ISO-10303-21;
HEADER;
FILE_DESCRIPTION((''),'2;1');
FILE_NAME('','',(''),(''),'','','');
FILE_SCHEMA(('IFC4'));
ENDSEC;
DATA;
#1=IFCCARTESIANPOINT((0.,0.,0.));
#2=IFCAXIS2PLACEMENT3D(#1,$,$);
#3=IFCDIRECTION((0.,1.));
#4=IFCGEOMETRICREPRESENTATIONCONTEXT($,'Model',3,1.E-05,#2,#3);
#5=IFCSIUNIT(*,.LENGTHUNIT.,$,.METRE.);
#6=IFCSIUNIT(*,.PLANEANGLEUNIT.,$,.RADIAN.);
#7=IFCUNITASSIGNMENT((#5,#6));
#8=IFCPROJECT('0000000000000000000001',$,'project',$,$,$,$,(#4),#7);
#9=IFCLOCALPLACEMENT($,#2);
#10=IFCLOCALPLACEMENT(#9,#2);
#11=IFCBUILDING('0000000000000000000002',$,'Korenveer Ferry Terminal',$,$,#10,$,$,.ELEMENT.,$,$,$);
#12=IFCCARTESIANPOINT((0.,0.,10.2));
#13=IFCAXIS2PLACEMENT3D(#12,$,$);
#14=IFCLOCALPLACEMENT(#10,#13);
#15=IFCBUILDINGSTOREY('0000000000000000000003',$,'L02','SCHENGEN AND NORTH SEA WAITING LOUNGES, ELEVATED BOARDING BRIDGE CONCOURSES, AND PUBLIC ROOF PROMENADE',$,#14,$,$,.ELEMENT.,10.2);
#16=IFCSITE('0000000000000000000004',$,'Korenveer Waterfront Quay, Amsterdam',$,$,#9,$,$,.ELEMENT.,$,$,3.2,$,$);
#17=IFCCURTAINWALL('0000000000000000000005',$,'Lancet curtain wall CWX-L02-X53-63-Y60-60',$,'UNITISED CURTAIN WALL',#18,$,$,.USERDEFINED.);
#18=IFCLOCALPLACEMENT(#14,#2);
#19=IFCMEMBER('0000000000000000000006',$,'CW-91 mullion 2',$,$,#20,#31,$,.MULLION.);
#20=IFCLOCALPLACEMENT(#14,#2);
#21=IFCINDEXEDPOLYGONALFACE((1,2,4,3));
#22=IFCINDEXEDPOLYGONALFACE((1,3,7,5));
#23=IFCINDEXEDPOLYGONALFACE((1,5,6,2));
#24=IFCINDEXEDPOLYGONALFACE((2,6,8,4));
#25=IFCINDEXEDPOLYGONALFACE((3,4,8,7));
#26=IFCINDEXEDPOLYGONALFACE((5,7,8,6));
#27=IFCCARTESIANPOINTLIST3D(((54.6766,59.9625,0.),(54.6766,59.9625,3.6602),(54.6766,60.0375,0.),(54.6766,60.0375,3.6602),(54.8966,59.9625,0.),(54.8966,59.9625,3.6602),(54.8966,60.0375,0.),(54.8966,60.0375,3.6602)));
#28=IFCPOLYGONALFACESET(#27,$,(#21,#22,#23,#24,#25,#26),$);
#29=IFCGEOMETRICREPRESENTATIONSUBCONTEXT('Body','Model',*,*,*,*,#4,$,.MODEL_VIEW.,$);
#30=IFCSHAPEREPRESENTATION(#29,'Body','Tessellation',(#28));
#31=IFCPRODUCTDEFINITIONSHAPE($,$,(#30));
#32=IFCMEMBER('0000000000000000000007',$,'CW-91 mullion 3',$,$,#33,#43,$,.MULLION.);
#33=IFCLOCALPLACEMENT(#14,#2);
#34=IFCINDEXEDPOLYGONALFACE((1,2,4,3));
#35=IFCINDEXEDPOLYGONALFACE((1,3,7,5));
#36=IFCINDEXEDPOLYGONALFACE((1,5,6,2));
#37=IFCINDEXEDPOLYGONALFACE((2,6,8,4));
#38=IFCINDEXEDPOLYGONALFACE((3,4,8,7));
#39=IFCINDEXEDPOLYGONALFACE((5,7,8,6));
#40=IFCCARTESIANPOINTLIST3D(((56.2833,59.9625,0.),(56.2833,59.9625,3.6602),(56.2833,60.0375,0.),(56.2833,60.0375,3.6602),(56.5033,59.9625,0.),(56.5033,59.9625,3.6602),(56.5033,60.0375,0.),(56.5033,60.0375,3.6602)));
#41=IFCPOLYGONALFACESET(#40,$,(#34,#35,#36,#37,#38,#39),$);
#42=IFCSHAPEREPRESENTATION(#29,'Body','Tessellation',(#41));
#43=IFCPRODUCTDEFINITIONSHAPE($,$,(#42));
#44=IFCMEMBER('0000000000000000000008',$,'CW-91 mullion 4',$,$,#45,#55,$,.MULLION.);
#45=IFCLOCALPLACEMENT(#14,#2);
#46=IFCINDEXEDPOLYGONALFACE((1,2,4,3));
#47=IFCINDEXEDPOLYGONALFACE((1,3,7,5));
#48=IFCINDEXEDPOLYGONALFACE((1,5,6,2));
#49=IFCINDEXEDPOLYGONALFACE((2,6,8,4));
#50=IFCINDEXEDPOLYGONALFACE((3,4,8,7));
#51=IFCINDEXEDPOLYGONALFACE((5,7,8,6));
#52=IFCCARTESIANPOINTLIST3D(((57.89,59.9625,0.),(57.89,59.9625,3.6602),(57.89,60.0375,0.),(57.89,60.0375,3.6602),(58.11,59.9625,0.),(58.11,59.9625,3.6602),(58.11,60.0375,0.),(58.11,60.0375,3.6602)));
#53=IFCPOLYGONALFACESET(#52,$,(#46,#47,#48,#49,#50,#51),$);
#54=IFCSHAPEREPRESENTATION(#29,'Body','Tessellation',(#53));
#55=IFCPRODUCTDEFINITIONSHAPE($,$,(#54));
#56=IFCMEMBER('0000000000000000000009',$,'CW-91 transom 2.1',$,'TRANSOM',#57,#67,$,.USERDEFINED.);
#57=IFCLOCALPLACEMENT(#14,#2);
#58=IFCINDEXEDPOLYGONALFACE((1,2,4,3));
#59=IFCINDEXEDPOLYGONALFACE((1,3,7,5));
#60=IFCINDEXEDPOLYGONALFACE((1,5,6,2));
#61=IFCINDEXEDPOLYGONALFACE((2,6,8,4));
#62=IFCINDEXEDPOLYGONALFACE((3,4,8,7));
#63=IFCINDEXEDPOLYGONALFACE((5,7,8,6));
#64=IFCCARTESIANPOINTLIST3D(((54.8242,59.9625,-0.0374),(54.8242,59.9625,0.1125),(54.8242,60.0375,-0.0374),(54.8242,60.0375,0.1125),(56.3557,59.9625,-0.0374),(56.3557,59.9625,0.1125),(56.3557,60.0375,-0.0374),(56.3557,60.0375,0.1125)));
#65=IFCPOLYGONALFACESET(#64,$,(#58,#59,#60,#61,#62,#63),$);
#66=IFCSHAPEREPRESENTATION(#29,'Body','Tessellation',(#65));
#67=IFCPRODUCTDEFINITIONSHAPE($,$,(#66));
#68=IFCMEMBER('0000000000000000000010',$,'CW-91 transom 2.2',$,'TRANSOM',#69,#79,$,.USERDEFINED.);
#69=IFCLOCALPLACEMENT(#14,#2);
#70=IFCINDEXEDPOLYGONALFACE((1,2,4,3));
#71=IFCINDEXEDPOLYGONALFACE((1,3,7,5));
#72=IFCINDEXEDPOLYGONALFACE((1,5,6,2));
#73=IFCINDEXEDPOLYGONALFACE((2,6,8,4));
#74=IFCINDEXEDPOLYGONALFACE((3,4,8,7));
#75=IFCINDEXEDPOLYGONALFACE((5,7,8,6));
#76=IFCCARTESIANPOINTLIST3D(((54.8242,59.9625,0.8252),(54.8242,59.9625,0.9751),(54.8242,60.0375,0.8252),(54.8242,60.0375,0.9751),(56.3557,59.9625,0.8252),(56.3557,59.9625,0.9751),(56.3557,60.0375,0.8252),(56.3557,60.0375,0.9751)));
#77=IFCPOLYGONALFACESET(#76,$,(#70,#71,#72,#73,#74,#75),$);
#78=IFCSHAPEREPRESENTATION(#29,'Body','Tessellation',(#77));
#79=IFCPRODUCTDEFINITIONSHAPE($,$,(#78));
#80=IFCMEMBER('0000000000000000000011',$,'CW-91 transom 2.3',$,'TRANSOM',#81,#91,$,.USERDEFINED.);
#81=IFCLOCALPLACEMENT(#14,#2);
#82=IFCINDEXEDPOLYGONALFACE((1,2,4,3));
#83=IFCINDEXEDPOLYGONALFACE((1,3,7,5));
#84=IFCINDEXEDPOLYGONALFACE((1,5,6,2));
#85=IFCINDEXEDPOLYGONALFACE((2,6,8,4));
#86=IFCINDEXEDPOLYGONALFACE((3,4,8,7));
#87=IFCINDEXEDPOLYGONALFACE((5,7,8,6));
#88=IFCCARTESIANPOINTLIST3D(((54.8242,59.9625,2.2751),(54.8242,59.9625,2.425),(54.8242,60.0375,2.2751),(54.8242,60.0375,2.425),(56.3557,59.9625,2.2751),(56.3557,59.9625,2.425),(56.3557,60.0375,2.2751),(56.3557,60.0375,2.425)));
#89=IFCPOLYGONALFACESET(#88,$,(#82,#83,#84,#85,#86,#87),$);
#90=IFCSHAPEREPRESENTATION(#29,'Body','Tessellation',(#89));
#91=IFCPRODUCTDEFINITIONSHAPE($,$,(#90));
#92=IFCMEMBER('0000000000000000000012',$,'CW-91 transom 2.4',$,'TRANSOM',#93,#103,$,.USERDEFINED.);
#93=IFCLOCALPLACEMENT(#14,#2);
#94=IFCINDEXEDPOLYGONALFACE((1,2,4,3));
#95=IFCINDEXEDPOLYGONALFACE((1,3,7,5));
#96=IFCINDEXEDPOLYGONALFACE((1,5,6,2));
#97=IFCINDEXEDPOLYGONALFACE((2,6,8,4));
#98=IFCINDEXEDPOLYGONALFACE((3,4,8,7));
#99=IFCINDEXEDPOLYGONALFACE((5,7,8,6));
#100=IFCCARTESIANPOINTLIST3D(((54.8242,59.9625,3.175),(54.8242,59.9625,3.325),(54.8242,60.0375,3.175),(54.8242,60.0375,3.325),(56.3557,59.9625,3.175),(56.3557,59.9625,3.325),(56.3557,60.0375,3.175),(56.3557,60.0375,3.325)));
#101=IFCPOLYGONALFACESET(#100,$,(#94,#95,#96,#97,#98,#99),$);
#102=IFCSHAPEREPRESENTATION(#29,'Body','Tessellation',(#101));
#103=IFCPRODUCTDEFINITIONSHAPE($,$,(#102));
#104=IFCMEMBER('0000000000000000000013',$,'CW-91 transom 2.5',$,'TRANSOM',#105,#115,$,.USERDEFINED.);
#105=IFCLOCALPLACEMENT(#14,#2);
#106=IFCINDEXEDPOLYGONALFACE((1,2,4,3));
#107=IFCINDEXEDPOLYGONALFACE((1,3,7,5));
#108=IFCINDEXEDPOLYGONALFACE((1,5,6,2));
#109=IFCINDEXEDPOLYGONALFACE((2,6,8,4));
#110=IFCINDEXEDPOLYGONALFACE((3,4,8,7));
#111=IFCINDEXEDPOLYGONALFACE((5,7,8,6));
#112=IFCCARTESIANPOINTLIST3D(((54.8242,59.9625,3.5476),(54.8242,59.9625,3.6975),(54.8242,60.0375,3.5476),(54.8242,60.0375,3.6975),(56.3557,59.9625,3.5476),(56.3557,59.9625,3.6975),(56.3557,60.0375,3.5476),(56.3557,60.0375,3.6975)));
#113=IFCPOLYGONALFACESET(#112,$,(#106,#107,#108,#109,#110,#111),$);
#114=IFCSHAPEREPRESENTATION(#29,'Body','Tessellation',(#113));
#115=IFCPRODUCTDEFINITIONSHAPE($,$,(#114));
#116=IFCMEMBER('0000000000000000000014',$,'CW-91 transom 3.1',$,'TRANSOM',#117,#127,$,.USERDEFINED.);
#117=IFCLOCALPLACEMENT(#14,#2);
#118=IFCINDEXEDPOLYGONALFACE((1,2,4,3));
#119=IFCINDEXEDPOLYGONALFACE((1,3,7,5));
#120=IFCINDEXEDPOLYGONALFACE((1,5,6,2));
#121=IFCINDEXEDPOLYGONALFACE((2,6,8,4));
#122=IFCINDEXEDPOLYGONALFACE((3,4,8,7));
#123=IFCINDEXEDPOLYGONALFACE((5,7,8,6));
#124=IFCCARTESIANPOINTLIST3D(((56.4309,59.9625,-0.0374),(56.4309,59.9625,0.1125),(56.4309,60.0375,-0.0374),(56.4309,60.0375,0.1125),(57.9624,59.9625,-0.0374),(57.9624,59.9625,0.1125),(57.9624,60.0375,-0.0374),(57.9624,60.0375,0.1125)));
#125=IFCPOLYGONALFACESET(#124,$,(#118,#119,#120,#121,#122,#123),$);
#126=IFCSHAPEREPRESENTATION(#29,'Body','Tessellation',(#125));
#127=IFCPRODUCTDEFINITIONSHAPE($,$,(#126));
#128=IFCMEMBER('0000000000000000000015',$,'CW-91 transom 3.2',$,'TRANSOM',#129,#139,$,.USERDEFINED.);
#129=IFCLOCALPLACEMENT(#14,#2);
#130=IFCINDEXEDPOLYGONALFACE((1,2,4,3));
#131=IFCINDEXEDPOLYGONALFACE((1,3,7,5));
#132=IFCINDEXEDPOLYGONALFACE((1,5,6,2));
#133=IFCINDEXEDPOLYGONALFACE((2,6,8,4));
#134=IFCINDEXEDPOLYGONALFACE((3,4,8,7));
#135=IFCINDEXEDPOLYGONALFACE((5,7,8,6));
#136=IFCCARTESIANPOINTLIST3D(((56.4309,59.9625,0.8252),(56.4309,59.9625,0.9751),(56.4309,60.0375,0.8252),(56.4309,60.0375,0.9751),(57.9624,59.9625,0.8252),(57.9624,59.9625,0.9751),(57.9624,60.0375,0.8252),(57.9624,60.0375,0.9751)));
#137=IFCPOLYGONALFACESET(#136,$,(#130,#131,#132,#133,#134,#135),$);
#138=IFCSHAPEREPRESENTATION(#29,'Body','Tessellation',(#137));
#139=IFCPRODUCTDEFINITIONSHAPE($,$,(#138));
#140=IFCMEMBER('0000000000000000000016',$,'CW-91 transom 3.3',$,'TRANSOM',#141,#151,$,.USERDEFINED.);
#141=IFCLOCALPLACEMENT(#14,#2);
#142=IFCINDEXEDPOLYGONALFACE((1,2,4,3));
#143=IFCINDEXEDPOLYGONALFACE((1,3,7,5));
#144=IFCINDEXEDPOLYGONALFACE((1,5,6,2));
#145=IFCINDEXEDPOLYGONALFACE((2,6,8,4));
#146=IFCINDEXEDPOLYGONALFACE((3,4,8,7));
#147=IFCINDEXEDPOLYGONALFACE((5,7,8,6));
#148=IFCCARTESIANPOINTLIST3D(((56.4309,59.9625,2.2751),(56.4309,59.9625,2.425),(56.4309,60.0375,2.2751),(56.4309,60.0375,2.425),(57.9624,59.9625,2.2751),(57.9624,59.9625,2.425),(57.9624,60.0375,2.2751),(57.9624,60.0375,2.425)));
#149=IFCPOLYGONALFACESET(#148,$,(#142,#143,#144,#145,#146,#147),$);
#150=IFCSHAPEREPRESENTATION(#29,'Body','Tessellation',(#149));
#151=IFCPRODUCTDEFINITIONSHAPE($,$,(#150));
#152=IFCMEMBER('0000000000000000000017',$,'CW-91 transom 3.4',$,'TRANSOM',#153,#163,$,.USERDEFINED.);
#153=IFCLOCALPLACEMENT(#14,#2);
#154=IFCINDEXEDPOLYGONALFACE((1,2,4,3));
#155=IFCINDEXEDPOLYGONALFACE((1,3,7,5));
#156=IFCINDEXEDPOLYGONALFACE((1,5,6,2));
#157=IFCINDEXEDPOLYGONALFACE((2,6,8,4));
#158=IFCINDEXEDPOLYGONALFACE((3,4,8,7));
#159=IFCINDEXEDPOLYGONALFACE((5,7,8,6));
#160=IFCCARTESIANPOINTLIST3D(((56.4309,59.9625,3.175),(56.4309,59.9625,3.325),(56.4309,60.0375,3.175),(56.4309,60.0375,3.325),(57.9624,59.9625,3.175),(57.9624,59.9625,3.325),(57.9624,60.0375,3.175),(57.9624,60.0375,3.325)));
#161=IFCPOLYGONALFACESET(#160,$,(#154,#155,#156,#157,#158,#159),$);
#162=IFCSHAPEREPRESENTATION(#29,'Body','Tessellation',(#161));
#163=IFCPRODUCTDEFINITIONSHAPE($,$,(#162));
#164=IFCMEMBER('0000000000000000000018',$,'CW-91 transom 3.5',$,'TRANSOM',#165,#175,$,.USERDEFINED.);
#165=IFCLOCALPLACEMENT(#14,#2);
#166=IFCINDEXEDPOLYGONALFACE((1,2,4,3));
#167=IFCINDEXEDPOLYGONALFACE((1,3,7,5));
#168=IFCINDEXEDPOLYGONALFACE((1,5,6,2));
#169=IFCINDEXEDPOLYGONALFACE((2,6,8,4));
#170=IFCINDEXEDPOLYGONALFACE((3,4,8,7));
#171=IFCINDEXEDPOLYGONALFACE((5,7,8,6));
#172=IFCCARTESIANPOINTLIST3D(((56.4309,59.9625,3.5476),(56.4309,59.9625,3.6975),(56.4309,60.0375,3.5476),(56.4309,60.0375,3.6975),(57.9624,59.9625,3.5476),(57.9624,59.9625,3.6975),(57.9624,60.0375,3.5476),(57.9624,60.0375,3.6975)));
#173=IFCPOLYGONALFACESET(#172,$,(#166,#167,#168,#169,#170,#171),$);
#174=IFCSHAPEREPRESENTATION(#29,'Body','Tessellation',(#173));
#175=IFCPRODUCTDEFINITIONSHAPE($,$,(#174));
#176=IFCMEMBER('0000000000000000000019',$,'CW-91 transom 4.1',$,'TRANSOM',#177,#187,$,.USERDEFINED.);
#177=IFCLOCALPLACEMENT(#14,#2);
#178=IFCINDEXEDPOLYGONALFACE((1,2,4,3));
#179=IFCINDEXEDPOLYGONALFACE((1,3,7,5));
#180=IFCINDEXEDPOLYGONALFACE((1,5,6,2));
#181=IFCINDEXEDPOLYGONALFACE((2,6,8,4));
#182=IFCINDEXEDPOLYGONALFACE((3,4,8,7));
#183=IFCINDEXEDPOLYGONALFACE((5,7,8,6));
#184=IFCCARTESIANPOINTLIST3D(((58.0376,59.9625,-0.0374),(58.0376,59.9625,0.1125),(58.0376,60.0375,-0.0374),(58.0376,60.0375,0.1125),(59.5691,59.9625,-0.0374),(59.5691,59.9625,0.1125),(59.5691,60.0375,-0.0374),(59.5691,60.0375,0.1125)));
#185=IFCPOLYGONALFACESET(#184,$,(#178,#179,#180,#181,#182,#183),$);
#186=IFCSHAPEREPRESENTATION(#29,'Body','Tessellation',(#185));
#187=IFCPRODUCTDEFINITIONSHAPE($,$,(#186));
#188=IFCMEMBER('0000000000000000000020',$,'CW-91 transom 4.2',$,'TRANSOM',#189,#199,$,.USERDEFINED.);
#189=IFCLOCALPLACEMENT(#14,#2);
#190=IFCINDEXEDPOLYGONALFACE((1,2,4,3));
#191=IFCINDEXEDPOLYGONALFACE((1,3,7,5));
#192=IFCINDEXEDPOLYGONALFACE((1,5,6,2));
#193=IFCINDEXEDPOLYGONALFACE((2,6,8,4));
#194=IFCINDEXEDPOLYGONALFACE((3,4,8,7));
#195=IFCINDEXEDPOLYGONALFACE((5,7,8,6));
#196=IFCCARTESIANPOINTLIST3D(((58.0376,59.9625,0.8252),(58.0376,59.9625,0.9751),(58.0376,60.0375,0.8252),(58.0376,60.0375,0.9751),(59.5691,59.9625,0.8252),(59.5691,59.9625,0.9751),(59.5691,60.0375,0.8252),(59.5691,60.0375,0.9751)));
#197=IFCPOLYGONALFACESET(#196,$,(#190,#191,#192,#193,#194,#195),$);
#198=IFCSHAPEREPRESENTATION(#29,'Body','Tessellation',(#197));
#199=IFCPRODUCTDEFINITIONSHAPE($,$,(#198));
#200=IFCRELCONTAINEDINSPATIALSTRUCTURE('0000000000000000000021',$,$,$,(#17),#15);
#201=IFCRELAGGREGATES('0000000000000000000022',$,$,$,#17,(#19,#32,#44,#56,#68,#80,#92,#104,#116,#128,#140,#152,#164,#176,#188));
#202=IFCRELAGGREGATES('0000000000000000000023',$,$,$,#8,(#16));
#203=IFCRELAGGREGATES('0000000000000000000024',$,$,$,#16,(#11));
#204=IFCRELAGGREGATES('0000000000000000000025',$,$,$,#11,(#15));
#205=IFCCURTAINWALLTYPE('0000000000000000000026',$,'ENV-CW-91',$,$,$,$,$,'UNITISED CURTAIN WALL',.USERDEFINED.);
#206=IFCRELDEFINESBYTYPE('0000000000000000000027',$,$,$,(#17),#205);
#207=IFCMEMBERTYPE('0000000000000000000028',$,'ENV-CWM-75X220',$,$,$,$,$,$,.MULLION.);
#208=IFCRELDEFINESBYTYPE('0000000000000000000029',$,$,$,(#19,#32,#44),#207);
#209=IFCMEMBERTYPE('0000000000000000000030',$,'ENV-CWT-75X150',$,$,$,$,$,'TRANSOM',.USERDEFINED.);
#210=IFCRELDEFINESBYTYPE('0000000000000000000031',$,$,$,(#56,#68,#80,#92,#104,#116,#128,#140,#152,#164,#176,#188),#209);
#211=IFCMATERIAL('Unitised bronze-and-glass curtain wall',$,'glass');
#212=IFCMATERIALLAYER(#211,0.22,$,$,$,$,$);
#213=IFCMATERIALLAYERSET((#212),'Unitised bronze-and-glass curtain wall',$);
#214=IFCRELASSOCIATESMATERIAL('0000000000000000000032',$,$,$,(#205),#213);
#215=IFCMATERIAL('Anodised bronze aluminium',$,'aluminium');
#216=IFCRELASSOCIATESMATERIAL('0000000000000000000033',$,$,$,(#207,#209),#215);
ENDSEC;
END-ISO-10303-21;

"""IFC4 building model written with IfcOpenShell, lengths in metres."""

from ifc_helpers import new_model, si_unit, direction, frame, origin, origin_2d, place, context, subcontext, project, spatial, rectangle, extrude, material, layer, layer_set, material_profile, profile_set, type_object, element, aggregate, save


model = new_model("IFC4")

# Units and contexts
model_context = context("Model", 3, precision=1e-05, world=origin(), true_north=direction((0.0, 1.0)))
body_context = subcontext(model_context, "Body", "Model", "MODEL_VIEW")
ifc_project = project(units=[si_unit("LENGTHUNIT", "METRE"), si_unit("PLANEANGLEUNIT", "RADIAN")], contexts=[model_context])

# Site, building, storey
site_placement = place(None, origin())
site = spatial("IfcSite", under=ifc_project, at=site_placement, Name="Korenveer Waterfront Quay, Amsterdam", CompositionType="ELEMENT", RefElevation=3.2)
building_placement = place(site_placement, origin())
building = spatial("IfcBuilding", under=site, at=building_placement, Name="Korenveer Ferry Terminal", CompositionType="ELEMENT")
storey_placement = place(building_placement, frame((0.0, 0.0, 10.2)))
storey = spatial("IfcBuildingStorey", under=building, at=storey_placement, Name="L02", Description="SCHENGEN AND NORTH SEA WAITING LOUNGES, ELEVATED BOARDING BRIDGE CONCOURSES, AND PUBLIC ROOF PROMENADE", CompositionType="ELEMENT", Elevation=10.2)

# Curtain wall, members
ifc_material_1 = material(Name="Unitised bronze-and-glass curtain wall", Category="glass")
ifc_layer_1 = layer(ifc_material_1, 0.22)
ifc_layer_set_1 = layer_set([ifc_layer_1], Name="Unitised bronze-and-glass curtain wall")
curtain_wall_type = type_object("IfcCurtainWallType", Name="ENV-CW-91", ElementType="UNITISED CURTAIN WALL", PredefinedType="USERDEFINED", material=ifc_layer_set_1)
curtain_wall_placement = place(storey_placement, frame((53.1799, 60.0, 0.0)))
curtain_wall = element("IfcCurtainWall", 1, at=curtain_wall_placement, inside=storey, type_object=curtain_wall_type, Name="Lancet curtain wall CWX-L02-X53-63-Y60-60", ObjectType="UNITISED CURTAIN WALL", PredefinedType="USERDEFINED")
ifc_material_2 = material(Name="Anodised bronze aluminium", Category="aluminium")
ifc_material_profile_1 = material_profile(ifc_material_2, rectangle(XDim=0.075, YDim=0.22, at=origin_2d()), Name="ALU 75x220")
ifc_profile_set_1 = profile_set([ifc_material_profile_1], Name="Anodised bronze aluminium")
member_type_1 = type_object("IfcMemberType", Name="ENV-CWM-75X220", PredefinedType="MULLION", material=ifc_profile_set_1)
member_1_placement = place(storey_placement, frame((54.7866, 60.0, 0.0), z_axis=(0.0, 0.0, 1.0), x_axis=(0.0, 1.0, 0.0)))
member_1 = element("IfcMember", 2, at=member_1_placement, type_object=member_type_1, Name="CW-91 mullion 2", PredefinedType="MULLION", context=body_context, shape_type="SweptSolid", body=[
    extrude(rectangle(XDim=0.075, YDim=0.22, at=origin_2d()), origin(), (0.0, 0.0, 1.0), 3.6602),
])
member_2_placement = place(storey_placement, frame((56.3933, 60.0, 0.0), z_axis=(0.0, 0.0, 1.0), x_axis=(0.0, 1.0, 0.0)))
member_2 = element("IfcMember", 3, at=member_2_placement, type_object=member_type_1, Name="CW-91 mullion 3", PredefinedType="MULLION", context=body_context, shape_type="SweptSolid", body=[
    extrude(rectangle(XDim=0.075, YDim=0.22, at=origin_2d()), origin(), (0.0, 0.0, 1.0), 3.6602),
])
member_3_placement = place(storey_placement, frame((58.0, 60.0, 0.0), z_axis=(0.0, 0.0, 1.0), x_axis=(0.0, 1.0, 0.0)))
member_3 = element("IfcMember", 4, at=member_3_placement, type_object=member_type_1, Name="CW-91 mullion 4", PredefinedType="MULLION", context=body_context, shape_type="SweptSolid", body=[
    extrude(rectangle(XDim=0.075, YDim=0.22, at=origin_2d()), origin(), (0.0, 0.0, 1.0), 3.6602),
])
ifc_material_profile_2 = material_profile(ifc_material_2, rectangle(XDim=0.075, YDim=0.1499, at=origin_2d()), Name="ALU 75x150")
ifc_profile_set_2 = profile_set([ifc_material_profile_2], Name="Anodised bronze aluminium")
member_type_2 = type_object("IfcMemberType", Name="ENV-CWT-75X150", ElementType="TRANSOM", PredefinedType="USERDEFINED", material=ifc_profile_set_2)
member_4_placement = place(storey_placement, frame((54.8242, 60.0, 0.0376), z_axis=(1.0, 0.0, 0.0), x_axis=(0.0, 1.0, 0.0)))
member_4 = element("IfcMember", 5, at=member_4_placement, type_object=member_type_2, Name="CW-91 transom 2.1", ObjectType="TRANSOM", PredefinedType="USERDEFINED", context=body_context, shape_type="SweptSolid", body=[
    extrude(rectangle(XDim=0.075, YDim=0.1499, at=origin_2d()), origin(), (0.0, 0.0, 1.0), 1.5315),
])
member_5_placement = place(storey_placement, frame((54.8242, 60.0, 0.9001), z_axis=(1.0, 0.0, 0.0), x_axis=(0.0, 1.0, 0.0)))
member_5 = element("IfcMember", 6, at=member_5_placement, type_object=member_type_2, Name="CW-91 transom 2.2", ObjectType="TRANSOM", PredefinedType="USERDEFINED", context=body_context, shape_type="SweptSolid", body=[
    extrude(rectangle(XDim=0.075, YDim=0.1499, at=origin_2d()), origin(), (0.0, 0.0, 1.0), 1.5315),
])
member_6_placement = place(storey_placement, frame((54.8242, 60.0, 2.3501), z_axis=(1.0, 0.0, 0.0), x_axis=(0.0, 1.0, 0.0)))
member_6 = element("IfcMember", 7, at=member_6_placement, type_object=member_type_2, Name="CW-91 transom 2.3", ObjectType="TRANSOM", PredefinedType="USERDEFINED", context=body_context, shape_type="SweptSolid", body=[
    extrude(rectangle(XDim=0.075, YDim=0.1499, at=origin_2d()), origin(), (0.0, 0.0, 1.0), 1.5315),
])
member_7_placement = place(storey_placement, frame((54.8242, 60.0, 3.25), z_axis=(1.0, 0.0, 0.0), x_axis=(0.0, 1.0, 0.0)))
member_7 = element("IfcMember", 8, at=member_7_placement, type_object=member_type_2, Name="CW-91 transom 2.4", ObjectType="TRANSOM", PredefinedType="USERDEFINED", context=body_context, shape_type="SweptSolid", body=[
    extrude(rectangle(XDim=0.075, YDim=0.1499, at=origin_2d()), origin(), (0.0, 0.0, 1.0), 1.5315),
])
member_8_placement = place(storey_placement, frame((54.8242, 60.0, 3.6226), z_axis=(1.0, 0.0, 0.0), x_axis=(0.0, 1.0, 0.0)))
member_8 = element("IfcMember", 9, at=member_8_placement, type_object=member_type_2, Name="CW-91 transom 2.5", ObjectType="TRANSOM", PredefinedType="USERDEFINED", context=body_context, shape_type="SweptSolid", body=[
    extrude(rectangle(XDim=0.075, YDim=0.1499, at=origin_2d()), origin(), (0.0, 0.0, 1.0), 1.5315),
])
member_9_placement = place(storey_placement, frame((56.4309, 60.0, 0.0376), z_axis=(1.0, 0.0, 0.0), x_axis=(0.0, 1.0, 0.0)))
member_9 = element("IfcMember", 10, at=member_9_placement, type_object=member_type_2, Name="CW-91 transom 3.1", ObjectType="TRANSOM", PredefinedType="USERDEFINED", context=body_context, shape_type="SweptSolid", body=[
    extrude(rectangle(XDim=0.075, YDim=0.1499, at=origin_2d()), origin(), (0.0, 0.0, 1.0), 1.5315),
])
member_10_placement = place(storey_placement, frame((56.4309, 60.0, 0.9001), z_axis=(1.0, 0.0, 0.0), x_axis=(0.0, 1.0, 0.0)))
member_10 = element("IfcMember", 11, at=member_10_placement, type_object=member_type_2, Name="CW-91 transom 3.2", ObjectType="TRANSOM", PredefinedType="USERDEFINED", context=body_context, shape_type="SweptSolid", body=[
    extrude(rectangle(XDim=0.075, YDim=0.1499, at=origin_2d()), origin(), (0.0, 0.0, 1.0), 1.5315),
])
member_11_placement = place(storey_placement, frame((56.4309, 60.0, 2.3501), z_axis=(1.0, 0.0, 0.0), x_axis=(0.0, 1.0, 0.0)))
member_11 = element("IfcMember", 12, at=member_11_placement, type_object=member_type_2, Name="CW-91 transom 3.3", ObjectType="TRANSOM", PredefinedType="USERDEFINED", context=body_context, shape_type="SweptSolid", body=[
    extrude(rectangle(XDim=0.075, YDim=0.1499, at=origin_2d()), origin(), (0.0, 0.0, 1.0), 1.5315),
])
member_12_placement = place(storey_placement, frame((56.4309, 60.0, 3.25), z_axis=(1.0, 0.0, 0.0), x_axis=(0.0, 1.0, 0.0)))
member_12 = element("IfcMember", 13, at=member_12_placement, type_object=member_type_2, Name="CW-91 transom 3.4", ObjectType="TRANSOM", PredefinedType="USERDEFINED", context=body_context, shape_type="SweptSolid", body=[
    extrude(rectangle(XDim=0.075, YDim=0.1499, at=origin_2d()), origin(), (0.0, 0.0, 1.0), 1.5315),
])
member_13_placement = place(storey_placement, frame((56.4309, 60.0, 3.6226), z_axis=(1.0, 0.0, 0.0), x_axis=(0.0, 1.0, 0.0)))
member_13 = element("IfcMember", 14, at=member_13_placement, type_object=member_type_2, Name="CW-91 transom 3.5", ObjectType="TRANSOM", PredefinedType="USERDEFINED", context=body_context, shape_type="SweptSolid", body=[
    extrude(rectangle(XDim=0.075, YDim=0.1499, at=origin_2d()), origin(), (0.0, 0.0, 1.0), 1.5315),
])
member_14_placement = place(storey_placement, frame((58.0376, 60.0, 0.0376), z_axis=(1.0, 0.0, 0.0), x_axis=(0.0, 1.0, 0.0)))
member_14 = element("IfcMember", 15, at=member_14_placement, type_object=member_type_2, Name="CW-91 transom 4.1", ObjectType="TRANSOM", PredefinedType="USERDEFINED", context=body_context, shape_type="SweptSolid", body=[
    extrude(rectangle(XDim=0.075, YDim=0.1499, at=origin_2d()), origin(), (0.0, 0.0, 1.0), 1.5315),
])
member_15_placement = place(storey_placement, frame((58.0376, 60.0, 0.9001), z_axis=(1.0, 0.0, 0.0), x_axis=(0.0, 1.0, 0.0)))
member_15 = element("IfcMember", 16, at=member_15_placement, type_object=member_type_2, Name="CW-91 transom 4.2", ObjectType="TRANSOM", PredefinedType="USERDEFINED", context=body_context, shape_type="SweptSolid", body=[
    extrude(rectangle(XDim=0.075, YDim=0.1499, at=origin_2d()), origin(), (0.0, 0.0, 1.0), 1.5315),
])
aggregate(curtain_wall, [member_1, member_2, member_3, member_4, member_5, member_6, member_7, member_8, member_9, member_10, member_11, member_12, member_13, member_14, member_15])

save(model, "model.ifc")
